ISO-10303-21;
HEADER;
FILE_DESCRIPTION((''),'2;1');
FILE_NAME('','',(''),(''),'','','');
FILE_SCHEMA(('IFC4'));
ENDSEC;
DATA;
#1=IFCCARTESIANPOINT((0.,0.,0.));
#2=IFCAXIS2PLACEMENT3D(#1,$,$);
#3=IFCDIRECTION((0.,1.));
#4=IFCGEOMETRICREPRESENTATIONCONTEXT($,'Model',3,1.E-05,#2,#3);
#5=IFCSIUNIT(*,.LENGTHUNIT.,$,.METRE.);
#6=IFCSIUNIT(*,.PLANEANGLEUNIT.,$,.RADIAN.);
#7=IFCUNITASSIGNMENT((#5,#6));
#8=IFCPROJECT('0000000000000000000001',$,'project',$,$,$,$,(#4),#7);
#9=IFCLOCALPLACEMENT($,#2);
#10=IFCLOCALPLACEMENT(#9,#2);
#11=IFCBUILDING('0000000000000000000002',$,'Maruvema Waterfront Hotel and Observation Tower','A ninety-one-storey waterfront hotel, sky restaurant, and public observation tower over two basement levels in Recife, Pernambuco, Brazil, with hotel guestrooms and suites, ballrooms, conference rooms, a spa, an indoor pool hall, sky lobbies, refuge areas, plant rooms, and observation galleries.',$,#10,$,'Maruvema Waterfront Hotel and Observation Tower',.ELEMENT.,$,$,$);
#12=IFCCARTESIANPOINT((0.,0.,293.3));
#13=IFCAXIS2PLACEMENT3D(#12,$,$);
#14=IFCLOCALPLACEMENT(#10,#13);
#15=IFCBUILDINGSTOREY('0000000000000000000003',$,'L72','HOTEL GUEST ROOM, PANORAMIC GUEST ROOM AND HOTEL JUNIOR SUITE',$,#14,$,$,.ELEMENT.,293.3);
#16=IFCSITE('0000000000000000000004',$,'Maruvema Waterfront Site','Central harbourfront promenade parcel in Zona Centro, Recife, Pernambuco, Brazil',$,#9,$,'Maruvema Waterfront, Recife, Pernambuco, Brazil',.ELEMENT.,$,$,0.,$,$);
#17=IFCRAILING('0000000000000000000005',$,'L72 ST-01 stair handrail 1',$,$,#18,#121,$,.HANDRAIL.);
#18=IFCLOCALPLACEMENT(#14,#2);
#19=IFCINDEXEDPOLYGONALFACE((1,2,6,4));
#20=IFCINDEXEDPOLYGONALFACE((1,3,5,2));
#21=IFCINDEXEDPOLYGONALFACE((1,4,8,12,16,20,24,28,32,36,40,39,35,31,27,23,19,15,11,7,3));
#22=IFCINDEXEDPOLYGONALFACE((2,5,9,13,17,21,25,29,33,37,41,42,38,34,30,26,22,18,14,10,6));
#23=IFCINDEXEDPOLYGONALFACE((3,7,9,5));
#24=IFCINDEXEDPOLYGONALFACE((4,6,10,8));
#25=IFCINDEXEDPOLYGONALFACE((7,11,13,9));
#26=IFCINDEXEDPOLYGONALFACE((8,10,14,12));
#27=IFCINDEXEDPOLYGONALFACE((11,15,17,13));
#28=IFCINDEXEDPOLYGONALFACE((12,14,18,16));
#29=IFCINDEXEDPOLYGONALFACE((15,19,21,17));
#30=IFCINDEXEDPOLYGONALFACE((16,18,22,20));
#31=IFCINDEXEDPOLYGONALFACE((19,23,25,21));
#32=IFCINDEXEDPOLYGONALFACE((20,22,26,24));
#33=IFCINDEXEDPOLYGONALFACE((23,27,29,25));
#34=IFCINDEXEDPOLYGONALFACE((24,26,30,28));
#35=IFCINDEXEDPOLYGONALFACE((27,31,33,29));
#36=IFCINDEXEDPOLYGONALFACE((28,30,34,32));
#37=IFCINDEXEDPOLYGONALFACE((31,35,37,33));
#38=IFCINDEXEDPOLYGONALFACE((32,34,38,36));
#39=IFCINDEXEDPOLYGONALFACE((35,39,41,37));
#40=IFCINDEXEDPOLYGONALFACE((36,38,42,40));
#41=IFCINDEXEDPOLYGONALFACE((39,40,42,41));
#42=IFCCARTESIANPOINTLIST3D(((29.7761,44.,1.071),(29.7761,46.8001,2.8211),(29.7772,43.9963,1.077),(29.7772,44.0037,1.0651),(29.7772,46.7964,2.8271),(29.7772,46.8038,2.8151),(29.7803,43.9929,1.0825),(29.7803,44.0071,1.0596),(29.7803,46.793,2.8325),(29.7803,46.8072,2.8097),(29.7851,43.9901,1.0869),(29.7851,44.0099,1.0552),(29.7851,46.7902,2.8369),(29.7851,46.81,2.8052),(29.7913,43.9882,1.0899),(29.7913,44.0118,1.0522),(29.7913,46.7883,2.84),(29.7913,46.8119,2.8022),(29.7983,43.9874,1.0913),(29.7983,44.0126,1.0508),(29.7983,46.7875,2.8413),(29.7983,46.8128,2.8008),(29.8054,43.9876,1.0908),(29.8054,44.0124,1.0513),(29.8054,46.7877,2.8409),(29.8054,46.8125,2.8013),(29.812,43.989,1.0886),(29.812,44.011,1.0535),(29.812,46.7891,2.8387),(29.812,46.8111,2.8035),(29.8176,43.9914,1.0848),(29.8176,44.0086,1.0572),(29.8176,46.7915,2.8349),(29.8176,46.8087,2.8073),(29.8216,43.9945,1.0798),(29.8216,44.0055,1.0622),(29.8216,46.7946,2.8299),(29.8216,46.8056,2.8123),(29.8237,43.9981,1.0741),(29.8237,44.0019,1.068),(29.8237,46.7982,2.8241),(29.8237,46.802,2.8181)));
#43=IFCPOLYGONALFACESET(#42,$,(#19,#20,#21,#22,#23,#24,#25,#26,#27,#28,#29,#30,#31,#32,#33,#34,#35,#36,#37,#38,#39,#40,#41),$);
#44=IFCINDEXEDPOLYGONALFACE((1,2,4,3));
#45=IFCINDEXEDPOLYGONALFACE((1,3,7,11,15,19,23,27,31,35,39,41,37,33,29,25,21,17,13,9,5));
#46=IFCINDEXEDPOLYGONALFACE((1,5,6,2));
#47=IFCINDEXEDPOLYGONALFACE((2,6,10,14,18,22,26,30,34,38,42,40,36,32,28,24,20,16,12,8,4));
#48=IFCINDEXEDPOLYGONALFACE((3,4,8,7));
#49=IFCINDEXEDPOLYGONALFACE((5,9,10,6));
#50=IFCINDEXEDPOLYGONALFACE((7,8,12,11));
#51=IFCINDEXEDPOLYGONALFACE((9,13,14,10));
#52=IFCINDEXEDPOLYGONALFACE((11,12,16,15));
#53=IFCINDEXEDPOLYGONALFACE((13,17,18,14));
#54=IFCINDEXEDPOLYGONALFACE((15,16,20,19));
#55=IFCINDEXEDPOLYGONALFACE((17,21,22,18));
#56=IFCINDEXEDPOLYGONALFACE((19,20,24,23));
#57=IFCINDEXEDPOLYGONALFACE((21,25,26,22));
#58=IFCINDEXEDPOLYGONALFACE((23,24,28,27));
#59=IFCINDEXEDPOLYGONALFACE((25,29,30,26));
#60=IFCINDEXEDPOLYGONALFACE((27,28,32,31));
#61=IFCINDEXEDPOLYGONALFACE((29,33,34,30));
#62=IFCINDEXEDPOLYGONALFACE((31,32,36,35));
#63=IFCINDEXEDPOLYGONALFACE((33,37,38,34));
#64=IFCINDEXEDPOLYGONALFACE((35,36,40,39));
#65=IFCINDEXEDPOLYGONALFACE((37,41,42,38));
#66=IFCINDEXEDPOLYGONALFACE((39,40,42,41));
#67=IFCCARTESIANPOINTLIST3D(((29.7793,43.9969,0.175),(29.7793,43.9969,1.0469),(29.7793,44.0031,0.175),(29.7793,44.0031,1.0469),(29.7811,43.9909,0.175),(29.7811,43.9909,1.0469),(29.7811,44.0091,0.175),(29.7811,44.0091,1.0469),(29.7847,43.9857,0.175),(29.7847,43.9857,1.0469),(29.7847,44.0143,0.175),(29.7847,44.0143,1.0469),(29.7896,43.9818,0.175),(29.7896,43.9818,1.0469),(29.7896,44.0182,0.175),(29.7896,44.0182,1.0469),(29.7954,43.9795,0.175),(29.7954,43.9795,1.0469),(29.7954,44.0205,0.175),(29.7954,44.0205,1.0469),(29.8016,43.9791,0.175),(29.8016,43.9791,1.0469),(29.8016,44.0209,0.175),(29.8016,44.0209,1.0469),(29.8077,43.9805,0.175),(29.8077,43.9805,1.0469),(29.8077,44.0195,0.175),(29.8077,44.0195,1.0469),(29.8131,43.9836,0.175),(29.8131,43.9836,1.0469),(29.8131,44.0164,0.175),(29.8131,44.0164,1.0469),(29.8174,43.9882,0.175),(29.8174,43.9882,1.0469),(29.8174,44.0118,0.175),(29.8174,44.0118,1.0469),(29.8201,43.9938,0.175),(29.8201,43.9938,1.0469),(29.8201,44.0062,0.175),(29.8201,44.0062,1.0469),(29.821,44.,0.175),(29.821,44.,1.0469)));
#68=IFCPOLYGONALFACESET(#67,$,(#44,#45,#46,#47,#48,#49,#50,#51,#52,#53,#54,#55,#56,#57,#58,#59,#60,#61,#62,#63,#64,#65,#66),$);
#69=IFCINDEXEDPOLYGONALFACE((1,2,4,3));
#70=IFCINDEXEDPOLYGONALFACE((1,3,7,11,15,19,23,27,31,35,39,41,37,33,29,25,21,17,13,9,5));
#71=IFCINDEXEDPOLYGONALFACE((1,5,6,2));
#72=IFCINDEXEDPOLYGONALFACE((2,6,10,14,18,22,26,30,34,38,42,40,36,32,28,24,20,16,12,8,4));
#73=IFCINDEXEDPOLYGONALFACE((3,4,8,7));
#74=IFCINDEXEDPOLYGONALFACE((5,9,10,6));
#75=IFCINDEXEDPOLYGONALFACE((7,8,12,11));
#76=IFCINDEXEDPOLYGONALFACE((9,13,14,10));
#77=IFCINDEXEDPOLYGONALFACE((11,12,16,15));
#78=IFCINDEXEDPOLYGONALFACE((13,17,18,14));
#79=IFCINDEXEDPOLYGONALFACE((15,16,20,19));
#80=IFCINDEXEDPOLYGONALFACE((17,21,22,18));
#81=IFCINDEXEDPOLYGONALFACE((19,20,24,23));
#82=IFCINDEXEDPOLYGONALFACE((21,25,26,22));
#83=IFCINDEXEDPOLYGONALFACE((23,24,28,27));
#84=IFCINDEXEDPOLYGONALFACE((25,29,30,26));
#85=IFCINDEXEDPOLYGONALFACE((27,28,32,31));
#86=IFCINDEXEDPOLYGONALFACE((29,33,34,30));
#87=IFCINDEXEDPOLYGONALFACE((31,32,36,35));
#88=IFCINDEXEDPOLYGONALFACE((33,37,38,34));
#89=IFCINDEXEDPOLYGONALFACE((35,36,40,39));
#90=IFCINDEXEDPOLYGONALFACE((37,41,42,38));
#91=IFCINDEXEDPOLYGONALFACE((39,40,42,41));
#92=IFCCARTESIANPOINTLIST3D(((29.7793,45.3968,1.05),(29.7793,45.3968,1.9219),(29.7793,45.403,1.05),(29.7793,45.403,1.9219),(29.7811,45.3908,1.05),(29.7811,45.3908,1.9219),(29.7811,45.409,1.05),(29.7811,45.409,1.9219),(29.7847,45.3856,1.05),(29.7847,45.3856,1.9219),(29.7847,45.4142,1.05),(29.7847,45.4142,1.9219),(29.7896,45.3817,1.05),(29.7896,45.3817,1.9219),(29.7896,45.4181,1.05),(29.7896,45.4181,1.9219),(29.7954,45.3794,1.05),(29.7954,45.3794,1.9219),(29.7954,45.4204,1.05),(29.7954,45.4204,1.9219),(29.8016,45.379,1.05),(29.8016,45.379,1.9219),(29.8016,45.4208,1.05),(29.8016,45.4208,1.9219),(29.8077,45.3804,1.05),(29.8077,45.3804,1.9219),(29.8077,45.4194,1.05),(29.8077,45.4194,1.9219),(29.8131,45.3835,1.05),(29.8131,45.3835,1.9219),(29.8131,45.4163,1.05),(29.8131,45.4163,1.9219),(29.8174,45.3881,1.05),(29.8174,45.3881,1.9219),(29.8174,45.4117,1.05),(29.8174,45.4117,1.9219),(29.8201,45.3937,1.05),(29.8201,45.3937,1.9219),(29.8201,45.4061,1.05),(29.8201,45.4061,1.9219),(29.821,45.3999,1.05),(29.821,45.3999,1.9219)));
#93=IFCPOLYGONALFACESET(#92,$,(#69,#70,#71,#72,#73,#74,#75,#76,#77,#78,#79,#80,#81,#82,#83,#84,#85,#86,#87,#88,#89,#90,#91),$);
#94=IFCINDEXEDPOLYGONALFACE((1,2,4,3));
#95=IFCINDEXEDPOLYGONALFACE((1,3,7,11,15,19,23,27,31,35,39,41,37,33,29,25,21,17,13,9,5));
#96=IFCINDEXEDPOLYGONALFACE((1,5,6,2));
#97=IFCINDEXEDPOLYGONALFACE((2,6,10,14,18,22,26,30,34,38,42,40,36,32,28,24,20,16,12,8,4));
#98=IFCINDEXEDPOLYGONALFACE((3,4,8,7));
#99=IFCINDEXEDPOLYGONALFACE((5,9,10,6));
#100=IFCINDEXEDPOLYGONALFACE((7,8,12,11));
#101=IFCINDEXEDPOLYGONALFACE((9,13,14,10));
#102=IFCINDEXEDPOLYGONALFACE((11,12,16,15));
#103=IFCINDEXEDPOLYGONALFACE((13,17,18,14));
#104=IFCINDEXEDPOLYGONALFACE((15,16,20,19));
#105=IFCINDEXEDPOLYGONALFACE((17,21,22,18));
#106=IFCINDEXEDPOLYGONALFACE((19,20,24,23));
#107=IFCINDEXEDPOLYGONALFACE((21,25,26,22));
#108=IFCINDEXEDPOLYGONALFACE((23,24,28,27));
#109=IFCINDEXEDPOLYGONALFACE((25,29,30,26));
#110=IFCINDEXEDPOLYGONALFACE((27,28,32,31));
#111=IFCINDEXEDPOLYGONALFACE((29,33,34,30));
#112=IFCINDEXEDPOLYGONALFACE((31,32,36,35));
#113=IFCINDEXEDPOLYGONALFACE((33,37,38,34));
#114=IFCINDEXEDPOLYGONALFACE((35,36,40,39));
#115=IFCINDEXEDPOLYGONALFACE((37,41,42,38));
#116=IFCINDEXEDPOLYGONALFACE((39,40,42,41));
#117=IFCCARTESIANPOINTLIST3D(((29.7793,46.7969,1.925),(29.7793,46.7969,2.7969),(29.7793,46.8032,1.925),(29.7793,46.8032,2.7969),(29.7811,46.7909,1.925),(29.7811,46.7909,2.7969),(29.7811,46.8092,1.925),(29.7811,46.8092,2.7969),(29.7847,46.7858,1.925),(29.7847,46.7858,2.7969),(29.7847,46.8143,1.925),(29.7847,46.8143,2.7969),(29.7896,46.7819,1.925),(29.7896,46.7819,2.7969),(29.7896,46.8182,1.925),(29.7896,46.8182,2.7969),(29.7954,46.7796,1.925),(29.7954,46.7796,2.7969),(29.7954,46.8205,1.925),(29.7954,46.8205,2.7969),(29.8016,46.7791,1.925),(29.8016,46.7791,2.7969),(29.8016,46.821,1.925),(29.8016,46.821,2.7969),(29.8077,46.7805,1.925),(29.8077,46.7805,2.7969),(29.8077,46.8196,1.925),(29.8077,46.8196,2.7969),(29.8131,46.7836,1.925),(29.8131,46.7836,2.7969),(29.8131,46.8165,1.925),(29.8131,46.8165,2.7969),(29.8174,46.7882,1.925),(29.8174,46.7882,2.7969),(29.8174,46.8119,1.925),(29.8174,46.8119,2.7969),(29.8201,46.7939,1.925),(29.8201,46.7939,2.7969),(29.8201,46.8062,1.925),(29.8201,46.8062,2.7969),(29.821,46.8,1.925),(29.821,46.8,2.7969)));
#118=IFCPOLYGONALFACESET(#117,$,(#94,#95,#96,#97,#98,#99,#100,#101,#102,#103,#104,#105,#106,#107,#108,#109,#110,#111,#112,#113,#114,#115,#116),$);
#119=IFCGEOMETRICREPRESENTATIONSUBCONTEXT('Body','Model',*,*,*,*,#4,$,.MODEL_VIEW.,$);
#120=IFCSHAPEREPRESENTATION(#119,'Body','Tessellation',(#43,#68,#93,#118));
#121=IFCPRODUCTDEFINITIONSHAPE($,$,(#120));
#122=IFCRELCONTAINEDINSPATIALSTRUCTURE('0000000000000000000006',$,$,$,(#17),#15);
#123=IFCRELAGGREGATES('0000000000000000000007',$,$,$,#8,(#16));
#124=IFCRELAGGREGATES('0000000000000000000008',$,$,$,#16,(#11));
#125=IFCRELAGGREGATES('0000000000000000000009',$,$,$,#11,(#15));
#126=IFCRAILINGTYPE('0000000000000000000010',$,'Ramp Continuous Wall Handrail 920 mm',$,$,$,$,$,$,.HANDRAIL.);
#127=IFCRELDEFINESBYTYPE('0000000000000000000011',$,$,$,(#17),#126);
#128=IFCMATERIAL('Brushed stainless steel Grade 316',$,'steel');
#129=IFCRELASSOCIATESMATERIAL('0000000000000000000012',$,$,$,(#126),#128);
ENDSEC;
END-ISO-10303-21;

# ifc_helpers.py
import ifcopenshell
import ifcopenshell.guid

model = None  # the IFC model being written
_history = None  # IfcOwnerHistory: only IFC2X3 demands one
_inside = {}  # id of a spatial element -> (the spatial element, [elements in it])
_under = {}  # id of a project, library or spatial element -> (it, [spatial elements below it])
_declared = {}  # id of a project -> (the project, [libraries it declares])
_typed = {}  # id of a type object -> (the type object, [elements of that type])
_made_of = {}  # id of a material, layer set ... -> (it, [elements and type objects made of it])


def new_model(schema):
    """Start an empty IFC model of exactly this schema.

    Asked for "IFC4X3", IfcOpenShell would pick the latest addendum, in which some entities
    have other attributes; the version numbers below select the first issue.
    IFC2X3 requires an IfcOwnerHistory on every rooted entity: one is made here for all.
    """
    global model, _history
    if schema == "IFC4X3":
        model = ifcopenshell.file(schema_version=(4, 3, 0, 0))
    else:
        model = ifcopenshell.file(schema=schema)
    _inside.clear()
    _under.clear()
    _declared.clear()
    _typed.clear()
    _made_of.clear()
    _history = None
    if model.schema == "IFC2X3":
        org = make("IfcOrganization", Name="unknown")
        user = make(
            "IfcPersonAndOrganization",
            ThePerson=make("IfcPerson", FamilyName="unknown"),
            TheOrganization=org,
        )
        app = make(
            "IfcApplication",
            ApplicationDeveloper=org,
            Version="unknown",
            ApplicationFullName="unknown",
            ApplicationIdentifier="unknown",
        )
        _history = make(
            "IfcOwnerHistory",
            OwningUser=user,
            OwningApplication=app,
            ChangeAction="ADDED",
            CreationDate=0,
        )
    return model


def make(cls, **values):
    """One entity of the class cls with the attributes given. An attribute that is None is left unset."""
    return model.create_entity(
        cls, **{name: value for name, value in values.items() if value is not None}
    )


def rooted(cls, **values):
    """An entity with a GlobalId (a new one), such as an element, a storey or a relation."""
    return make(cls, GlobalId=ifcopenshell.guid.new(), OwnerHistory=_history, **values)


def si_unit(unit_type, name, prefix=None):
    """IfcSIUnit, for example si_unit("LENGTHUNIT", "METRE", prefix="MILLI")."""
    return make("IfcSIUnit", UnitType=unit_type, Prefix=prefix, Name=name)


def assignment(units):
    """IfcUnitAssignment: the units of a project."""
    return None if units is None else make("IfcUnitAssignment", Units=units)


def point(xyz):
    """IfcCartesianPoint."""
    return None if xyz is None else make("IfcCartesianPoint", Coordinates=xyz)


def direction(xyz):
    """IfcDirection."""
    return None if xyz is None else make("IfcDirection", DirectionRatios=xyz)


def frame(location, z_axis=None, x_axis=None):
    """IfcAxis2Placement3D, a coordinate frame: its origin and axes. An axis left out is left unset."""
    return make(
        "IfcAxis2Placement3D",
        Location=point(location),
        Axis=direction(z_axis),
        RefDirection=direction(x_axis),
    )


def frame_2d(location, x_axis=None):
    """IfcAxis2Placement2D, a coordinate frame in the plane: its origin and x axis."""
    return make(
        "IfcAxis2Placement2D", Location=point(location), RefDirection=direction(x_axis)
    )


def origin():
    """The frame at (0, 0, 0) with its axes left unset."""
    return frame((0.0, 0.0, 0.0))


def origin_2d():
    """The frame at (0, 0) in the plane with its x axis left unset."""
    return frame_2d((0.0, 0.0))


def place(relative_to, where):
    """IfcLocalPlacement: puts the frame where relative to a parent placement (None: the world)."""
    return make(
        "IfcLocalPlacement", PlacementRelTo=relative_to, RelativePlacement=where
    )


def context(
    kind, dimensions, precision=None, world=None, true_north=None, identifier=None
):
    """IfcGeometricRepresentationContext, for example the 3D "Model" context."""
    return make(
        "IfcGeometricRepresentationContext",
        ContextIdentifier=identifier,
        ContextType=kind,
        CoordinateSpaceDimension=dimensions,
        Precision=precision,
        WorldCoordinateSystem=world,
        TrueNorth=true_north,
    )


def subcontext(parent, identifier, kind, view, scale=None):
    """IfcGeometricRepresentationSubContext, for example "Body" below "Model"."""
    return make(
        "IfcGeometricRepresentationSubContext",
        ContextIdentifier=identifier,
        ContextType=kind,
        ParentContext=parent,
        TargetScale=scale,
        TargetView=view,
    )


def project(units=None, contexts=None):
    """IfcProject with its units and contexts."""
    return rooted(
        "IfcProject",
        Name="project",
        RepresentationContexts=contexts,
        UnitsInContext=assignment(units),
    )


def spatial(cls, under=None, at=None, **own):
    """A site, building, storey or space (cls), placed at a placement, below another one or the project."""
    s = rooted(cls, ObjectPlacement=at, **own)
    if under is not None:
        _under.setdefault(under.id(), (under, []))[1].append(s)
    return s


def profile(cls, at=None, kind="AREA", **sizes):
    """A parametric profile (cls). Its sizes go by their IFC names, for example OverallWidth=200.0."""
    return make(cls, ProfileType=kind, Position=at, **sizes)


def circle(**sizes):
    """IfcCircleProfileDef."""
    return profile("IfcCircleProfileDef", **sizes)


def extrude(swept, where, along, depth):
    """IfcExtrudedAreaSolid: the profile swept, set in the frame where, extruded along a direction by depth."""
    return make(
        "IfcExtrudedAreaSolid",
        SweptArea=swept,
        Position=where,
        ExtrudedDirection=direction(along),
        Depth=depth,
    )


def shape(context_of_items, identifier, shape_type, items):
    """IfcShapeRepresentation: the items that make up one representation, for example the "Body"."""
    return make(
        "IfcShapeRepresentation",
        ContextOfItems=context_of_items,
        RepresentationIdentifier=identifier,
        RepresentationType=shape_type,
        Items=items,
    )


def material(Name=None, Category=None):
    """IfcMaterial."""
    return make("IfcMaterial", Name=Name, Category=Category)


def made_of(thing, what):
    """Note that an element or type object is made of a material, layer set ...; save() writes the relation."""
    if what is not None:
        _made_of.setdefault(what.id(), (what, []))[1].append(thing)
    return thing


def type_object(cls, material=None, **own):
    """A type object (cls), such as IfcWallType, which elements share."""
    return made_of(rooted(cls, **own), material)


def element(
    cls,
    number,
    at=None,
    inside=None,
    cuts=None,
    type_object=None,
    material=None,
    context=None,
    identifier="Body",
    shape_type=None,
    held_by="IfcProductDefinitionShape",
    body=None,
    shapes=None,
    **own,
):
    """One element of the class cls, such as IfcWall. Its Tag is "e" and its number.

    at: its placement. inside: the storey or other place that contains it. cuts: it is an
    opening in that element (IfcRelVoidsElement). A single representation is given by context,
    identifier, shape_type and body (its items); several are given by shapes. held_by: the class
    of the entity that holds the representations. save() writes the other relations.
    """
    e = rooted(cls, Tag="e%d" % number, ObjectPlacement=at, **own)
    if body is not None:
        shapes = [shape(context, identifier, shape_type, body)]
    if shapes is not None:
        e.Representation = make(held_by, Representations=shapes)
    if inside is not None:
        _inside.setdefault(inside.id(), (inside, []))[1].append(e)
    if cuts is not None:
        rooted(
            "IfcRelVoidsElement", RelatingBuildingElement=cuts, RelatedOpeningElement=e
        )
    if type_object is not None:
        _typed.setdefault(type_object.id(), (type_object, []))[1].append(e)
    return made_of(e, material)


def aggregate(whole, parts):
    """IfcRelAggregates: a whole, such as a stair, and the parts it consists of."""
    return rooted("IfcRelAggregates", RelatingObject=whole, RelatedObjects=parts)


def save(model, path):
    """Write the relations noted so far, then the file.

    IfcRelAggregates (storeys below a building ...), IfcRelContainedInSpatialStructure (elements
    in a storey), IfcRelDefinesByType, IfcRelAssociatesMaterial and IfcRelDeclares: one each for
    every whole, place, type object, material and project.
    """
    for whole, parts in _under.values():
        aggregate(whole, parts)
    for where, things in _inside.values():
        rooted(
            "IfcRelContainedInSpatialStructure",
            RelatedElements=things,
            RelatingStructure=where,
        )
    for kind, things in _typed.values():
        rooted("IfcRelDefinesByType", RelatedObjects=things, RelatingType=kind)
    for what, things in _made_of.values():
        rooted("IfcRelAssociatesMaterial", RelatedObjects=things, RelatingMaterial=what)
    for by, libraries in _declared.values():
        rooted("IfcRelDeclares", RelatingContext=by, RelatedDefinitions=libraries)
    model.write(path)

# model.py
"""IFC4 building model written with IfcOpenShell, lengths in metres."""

from ifc_helpers import new_model, si_unit, direction, frame, origin, origin_2d, place, context, subcontext, project, spatial, circle, extrude, material, type_object, element, save


model = new_model("IFC4")

# Units and contexts
model_context = context("Model", 3, precision=1e-05, world=origin(), true_north=direction((0.0, 1.0)))
body_context = subcontext(model_context, "Body", "Model", "MODEL_VIEW")
ifc_project = project(units=[si_unit("LENGTHUNIT", "METRE"), si_unit("PLANEANGLEUNIT", "RADIAN")], contexts=[model_context])

# Site, building, storey
site_placement = place(None, origin())
site = spatial("IfcSite", under=ifc_project, at=site_placement, Name="Maruvema Waterfront Site", Description="Central harbourfront promenade parcel in Zona Centro, Recife, Pernambuco, Brazil", LongName="Maruvema Waterfront, Recife, Pernambuco, Brazil", CompositionType="ELEMENT", RefElevation=0.0)
building_placement = place(site_placement, origin())
building = spatial("IfcBuilding", under=site, at=building_placement, Name="Maruvema Waterfront Hotel and Observation Tower", Description="A ninety-one-storey waterfront hotel, sky restaurant, and public observation tower over two basement levels in Recife, Pernambuco, Brazil, with hotel guestrooms and suites, ballrooms, conference rooms, a spa, an indoor pool hall, sky lobbies, refuge areas, plant rooms, and observation galleries.", LongName="Maruvema Waterfront Hotel and Observation Tower", CompositionType="ELEMENT")
storey_placement = place(building_placement, frame((0.0, 0.0, 293.3)))
storey = spatial("IfcBuildingStorey", under=building, at=storey_placement, Name="L72", Description="HOTEL GUEST ROOM, PANORAMIC GUEST ROOM AND HOTEL JUNIOR SUITE", CompositionType="ELEMENT", Elevation=293.3)

# Railing
ifc_material_1 = material(Name="Brushed stainless steel Grade 316", Category="steel")
railing_type_1 = type_object("IfcRailingType", Name="Ramp Continuous Wall Handrail 920 mm", PredefinedType="HANDRAIL", material=ifc_material_1)
railing_1_placement = place(storey_placement, frame((29.8, 44.0, 0.175)))
element("IfcRailing", 1, at=railing_1_placement, inside=storey, type_object=railing_type_1, Name="L72 ST-01 stair handrail 1", PredefinedType="HANDRAIL", context=body_context, shape_type="SweptSolid", body=[
    extrude(circle(Radius=0.0239, at=origin_2d()), frame((0.0, 0.0, 0.896), z_axis=(0.0, 0.848002, 0.529992), x_axis=(-1.0, 0.0, 0.0)), (0.0, 0.0, 1.0), 3.302),
    extrude(circle(Radius=0.021, at=origin_2d()), origin(), (0.0, 0.0, 1.0), 0.8718),
    extrude(circle(Radius=0.021, at=origin_2d()), frame((0.0, 1.3999, 0.875)), (0.0, 0.0, 1.0), 0.8718),
    extrude(circle(Radius=0.021, at=origin_2d()), frame((0.0, 2.8, 1.75)), (0.0, 0.0, 1.0), 0.8718),
])

save(model, "model.ifc")
